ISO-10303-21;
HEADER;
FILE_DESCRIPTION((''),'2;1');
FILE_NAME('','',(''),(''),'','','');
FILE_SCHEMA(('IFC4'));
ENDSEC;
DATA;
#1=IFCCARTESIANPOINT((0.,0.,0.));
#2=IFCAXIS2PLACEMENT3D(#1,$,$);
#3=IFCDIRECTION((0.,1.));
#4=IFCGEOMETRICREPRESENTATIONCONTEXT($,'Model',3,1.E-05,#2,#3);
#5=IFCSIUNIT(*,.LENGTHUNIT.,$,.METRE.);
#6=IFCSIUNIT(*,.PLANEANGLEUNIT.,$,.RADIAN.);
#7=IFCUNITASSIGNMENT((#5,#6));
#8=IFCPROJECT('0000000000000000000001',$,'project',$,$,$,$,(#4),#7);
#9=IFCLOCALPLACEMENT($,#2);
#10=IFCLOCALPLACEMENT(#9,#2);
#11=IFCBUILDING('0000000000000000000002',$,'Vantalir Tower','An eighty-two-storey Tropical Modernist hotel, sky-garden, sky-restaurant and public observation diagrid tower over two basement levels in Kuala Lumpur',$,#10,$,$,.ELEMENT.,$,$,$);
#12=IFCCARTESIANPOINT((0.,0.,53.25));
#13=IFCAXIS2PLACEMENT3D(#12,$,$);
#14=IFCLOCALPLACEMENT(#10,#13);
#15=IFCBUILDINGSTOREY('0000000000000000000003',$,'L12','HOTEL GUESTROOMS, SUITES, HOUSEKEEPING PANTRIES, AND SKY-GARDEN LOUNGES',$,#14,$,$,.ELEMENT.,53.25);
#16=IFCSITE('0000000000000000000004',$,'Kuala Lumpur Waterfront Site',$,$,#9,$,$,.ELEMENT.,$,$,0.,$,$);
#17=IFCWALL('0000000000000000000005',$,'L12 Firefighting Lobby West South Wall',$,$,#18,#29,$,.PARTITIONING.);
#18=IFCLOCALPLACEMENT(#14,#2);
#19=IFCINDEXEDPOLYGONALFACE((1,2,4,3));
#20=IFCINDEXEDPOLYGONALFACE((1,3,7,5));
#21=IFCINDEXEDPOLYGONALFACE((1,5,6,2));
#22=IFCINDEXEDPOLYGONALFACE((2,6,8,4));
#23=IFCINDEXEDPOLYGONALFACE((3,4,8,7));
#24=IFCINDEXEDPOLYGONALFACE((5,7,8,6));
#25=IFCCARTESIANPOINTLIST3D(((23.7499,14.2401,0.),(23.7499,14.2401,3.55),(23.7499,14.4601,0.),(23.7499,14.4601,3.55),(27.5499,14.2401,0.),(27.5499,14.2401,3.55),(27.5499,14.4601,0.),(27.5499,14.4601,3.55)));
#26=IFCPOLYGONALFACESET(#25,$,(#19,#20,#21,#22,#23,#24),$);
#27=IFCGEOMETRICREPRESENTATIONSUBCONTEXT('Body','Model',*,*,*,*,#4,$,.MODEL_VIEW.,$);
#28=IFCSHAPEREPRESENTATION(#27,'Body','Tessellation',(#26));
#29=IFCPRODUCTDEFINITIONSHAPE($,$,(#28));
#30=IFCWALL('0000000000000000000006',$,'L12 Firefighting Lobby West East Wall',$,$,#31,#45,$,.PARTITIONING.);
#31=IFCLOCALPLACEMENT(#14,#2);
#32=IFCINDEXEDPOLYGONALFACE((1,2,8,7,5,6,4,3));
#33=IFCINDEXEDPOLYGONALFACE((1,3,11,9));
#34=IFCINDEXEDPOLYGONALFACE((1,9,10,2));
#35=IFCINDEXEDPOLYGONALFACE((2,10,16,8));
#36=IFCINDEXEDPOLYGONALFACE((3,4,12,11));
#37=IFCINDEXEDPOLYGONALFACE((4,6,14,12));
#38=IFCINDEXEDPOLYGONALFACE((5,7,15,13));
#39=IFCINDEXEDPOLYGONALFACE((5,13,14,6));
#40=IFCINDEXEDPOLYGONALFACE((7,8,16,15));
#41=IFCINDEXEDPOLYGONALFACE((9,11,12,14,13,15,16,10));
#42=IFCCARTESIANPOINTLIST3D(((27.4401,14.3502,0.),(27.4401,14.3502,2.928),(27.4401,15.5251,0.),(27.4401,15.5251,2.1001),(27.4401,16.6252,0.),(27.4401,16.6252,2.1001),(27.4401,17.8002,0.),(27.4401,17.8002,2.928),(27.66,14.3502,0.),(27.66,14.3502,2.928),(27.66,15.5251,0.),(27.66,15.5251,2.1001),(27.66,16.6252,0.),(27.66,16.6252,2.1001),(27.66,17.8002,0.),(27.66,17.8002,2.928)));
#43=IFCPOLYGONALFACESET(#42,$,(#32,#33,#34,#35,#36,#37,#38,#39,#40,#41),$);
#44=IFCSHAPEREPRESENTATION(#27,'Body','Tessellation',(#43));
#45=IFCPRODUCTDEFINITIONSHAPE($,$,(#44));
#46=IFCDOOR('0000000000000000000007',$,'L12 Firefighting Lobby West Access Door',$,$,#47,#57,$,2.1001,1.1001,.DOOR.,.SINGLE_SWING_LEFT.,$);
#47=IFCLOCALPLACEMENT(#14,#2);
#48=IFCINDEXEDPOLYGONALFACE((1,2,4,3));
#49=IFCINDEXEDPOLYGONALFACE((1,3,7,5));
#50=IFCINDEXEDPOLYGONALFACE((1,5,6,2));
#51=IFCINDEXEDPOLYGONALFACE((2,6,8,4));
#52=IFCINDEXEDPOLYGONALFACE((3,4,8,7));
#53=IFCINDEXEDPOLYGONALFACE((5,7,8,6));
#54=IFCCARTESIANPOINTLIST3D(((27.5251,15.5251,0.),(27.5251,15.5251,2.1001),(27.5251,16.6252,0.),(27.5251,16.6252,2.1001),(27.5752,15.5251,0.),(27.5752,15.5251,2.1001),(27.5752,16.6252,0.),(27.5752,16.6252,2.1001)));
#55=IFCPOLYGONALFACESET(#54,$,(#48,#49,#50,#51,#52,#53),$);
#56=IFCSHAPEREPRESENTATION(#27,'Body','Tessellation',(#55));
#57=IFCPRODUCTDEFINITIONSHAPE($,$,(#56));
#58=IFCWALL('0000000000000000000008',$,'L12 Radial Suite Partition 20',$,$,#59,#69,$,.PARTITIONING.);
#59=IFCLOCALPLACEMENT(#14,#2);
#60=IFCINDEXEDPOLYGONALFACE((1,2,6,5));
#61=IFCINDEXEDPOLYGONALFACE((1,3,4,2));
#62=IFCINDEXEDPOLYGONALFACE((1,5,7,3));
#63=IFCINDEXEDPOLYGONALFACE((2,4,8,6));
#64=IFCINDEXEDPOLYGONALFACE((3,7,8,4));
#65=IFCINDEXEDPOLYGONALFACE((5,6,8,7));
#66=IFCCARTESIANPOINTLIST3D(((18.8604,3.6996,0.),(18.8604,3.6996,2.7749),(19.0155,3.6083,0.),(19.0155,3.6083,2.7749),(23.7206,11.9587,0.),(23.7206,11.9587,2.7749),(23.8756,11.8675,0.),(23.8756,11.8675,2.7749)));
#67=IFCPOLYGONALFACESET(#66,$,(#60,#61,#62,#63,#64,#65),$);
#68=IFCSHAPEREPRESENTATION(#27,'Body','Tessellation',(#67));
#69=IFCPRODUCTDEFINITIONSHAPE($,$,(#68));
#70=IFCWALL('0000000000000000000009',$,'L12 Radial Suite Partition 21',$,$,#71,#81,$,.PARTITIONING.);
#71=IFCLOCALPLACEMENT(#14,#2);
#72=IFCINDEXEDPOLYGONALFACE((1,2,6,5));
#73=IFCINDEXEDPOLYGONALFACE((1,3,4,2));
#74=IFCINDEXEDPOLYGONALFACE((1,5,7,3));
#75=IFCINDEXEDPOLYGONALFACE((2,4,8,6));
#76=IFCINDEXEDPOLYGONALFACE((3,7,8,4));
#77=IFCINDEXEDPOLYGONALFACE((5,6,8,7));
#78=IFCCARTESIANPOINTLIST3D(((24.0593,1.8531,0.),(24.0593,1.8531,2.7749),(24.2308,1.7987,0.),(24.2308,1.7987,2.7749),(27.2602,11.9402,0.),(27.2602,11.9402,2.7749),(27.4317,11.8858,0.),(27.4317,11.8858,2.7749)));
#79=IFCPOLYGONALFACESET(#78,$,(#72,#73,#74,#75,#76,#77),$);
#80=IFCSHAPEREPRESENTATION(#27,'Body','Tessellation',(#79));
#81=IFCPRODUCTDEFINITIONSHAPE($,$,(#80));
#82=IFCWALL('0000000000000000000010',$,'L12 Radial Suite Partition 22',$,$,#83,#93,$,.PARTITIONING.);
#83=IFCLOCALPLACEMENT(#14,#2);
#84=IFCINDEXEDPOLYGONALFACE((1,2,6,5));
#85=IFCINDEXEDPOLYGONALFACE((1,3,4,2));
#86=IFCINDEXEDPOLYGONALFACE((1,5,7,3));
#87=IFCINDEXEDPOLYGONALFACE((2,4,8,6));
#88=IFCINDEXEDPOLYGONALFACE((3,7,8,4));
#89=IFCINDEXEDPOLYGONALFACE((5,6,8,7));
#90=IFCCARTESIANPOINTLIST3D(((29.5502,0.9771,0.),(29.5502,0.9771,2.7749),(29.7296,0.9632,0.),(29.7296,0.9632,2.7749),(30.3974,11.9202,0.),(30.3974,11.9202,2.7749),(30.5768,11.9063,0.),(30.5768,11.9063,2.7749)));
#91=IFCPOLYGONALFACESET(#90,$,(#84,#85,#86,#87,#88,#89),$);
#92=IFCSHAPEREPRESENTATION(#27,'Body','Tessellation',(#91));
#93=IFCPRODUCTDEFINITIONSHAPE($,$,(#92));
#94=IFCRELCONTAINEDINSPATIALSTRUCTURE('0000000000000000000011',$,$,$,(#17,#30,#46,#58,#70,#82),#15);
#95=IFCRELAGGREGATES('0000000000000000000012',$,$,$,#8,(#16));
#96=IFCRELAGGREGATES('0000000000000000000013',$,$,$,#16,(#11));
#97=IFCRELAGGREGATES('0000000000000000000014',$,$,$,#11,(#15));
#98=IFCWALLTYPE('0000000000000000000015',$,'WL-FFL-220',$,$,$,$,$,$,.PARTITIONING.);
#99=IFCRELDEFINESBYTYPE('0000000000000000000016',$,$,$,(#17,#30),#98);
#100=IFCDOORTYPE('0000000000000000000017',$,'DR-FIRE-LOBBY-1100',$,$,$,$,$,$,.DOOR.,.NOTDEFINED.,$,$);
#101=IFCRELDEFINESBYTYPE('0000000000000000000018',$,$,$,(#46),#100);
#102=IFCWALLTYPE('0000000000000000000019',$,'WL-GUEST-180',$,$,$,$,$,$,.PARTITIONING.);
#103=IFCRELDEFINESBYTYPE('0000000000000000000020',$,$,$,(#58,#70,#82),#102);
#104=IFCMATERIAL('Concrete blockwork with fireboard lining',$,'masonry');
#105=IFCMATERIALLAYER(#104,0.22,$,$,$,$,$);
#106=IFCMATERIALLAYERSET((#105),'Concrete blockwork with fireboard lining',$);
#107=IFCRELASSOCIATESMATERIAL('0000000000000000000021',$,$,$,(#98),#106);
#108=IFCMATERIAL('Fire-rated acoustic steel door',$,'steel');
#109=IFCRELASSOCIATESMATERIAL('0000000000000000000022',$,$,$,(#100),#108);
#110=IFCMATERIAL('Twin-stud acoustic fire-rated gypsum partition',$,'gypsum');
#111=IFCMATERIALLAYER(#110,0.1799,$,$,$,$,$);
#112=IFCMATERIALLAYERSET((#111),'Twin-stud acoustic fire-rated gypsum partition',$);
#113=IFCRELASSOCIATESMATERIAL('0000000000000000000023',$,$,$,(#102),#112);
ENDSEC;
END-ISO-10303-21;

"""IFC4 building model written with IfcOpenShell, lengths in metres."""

from ifc_helpers import new_model, si_unit, direction, frame, frame_2d, origin, place, context, subcontext, project, spatial, rectangle, extrude, material, layer, layer_set, type_object, element, fill, save


model = new_model("IFC4")

# Units and contexts
model_context = context("Model", 3, precision=1e-05, world=origin(), true_north=direction((0.0, 1.0)))
body_context = subcontext(model_context, "Body", "Model", "MODEL_VIEW")
ifc_project = project(units=[si_unit("LENGTHUNIT", "METRE"), si_unit("PLANEANGLEUNIT", "RADIAN")], contexts=[model_context])

# Site, building, storey
site_placement = place(None, origin())
site = spatial("IfcSite", under=ifc_project, at=site_placement, Name="Kuala Lumpur Waterfront Site", CompositionType="ELEMENT", RefElevation=0.0)
building_placement = place(site_placement, origin())
building = spatial("IfcBuilding", under=site, at=building_placement, Name="Vantalir Tower", Description="An eighty-two-storey Tropical Modernist hotel, sky-garden, sky-restaurant and public observation diagrid tower over two basement levels in Kuala Lumpur", CompositionType="ELEMENT")
storey_placement = place(building_placement, frame((0.0, 0.0, 53.25)))
storey = spatial("IfcBuildingStorey", under=building, at=storey_placement, Name="L12", Description="HOTEL GUESTROOMS, SUITES, HOUSEKEEPING PANTRIES, AND SKY-GARDEN LOUNGES", CompositionType="ELEMENT", Elevation=53.25)

# Wall
ifc_material_1 = material(Name="Concrete blockwork with fireboard lining", Category="masonry")
ifc_layer_1 = layer(ifc_material_1, 0.22)
ifc_layer_set_1 = layer_set([ifc_layer_1], Name="Concrete blockwork with fireboard lining")
wall_type_1 = type_object("IfcWallType", Name="WL-FFL-220", PredefinedType="PARTITIONING", material=ifc_layer_set_1)
wall_1_placement = place(storey_placement, frame((23.75, 14.3501, 0.0), z_axis=(0.0, 0.0, 1.0), x_axis=(1.0, 0.0, 0.0)))
element("IfcWall", 1, at=wall_1_placement, inside=storey, type_object=wall_type_1, Name="L12 Firefighting Lobby West South Wall", PredefinedType="PARTITIONING", context=body_context, shape_type="SweptSolid", body=[
    extrude(rectangle(XDim=3.8, YDim=0.22, at=frame_2d((1.8999, 0.0))), origin(), (0.0, 0.0, 1.0), 3.55),
])

# Wall, opening, door
wall_2_placement = place(storey_placement, frame((27.55, 14.3501, 0.0), z_axis=(0.0, 0.0, 1.0), x_axis=(0.0, 1.0, 0.0)))
wall_2 = element("IfcWall", 2, at=wall_2_placement, inside=storey, type_object=wall_type_1, Name="L12 Firefighting Lobby West East Wall", PredefinedType="PARTITIONING", context=body_context, shape_type="SweptSolid", body=[
    extrude(rectangle(XDim=3.45, YDim=0.22, at=frame_2d((1.7251, 0.0))), origin(), (0.0, 0.0, 1.0), 2.928),
])
opening_1_placement = place(wall_2_placement, frame((1.175, 0.0, 0.0)))
opening_1 = element("IfcOpeningElement", 3, at=opening_1_placement, cuts=wall_2, PredefinedType="OPENING", context=body_context, shape_type="SweptSolid", body=[
    extrude(rectangle(XDim=1.1001, YDim=2.1001, at=frame_2d((0.55, 1.05))), frame((0.0, 0.1199, 0.0), z_axis=(0.0, -1.0, 0.0), x_axis=(1.0, 0.0, 0.0)), (0.0, 0.0, 1.0), 0.24),
])
ifc_material_2 = material(Name="Fire-rated acoustic steel door", Category="steel")
door_type_1 = type_object("IfcDoorType", Name="DR-FIRE-LOBBY-1100", OperationType="NOTDEFINED", PredefinedType="DOOR", material=ifc_material_2)
door_1_placement = place(opening_1_placement, origin())
door_1 = element("IfcDoor", 4, at=door_1_placement, inside=storey, type_object=door_type_1, Name="L12 Firefighting Lobby West Access Door", OperationType="SINGLE_SWING_LEFT", OverallHeight=2.1001, OverallWidth=1.1001, PredefinedType="DOOR", context=body_context, shape_type="SweptSolid", body=[
    extrude(rectangle(XDim=1.1001, YDim=2.1001, at=frame_2d((0.55, 1.05))), frame((0.0, 0.0249, 0.0), z_axis=(0.0, -1.0, 0.0), x_axis=(1.0, 0.0, 0.0)), (0.0, 0.0, 1.0), 0.05),
])
fill(opening_1, door_1)

# Walls
ifc_material_3 = material(Name="Twin-stud acoustic fire-rated gypsum partition", Category="gypsum")
ifc_layer_2 = layer(ifc_material_3, 0.1799)
ifc_layer_set_2 = layer_set([ifc_layer_2], Name="Twin-stud acoustic fire-rated gypsum partition")
wall_type_2 = type_object("IfcWallType", Name="WL-GUEST-180", PredefinedType="PARTITIONING", material=ifc_layer_set_2)
wall_3_placement = place(storey_placement, frame((23.7981, 11.9131, 0.0), z_axis=(0.0, 0.0, 1.0), x_axis=(-0.507164, -0.86185, 0.0)))
element("IfcWall", 5, at=wall_3_placement, inside=storey, type_object=wall_type_2, Name="L12 Radial Suite Partition 20", PredefinedType="PARTITIONING", context=body_context, shape_type="SweptSolid", body=[
    extrude(rectangle(XDim=9.583, YDim=0.1799, at=frame_2d((4.7915, 0.0))), origin(), (0.0, 0.0, 1.0), 2.7749),
])
wall_4_placement = place(storey_placement, frame((27.3459, 11.9131, 0.0), z_axis=(0.0, 0.0, 1.0), x_axis=(-0.302464, -0.953161, 0.0)))
element("IfcWall", 6, at=wall_4_placement, inside=storey, type_object=wall_type_2, Name="L12 Radial Suite Partition 21", PredefinedType="PARTITIONING", context=body_context, shape_type="SweptSolid", body=[
    extrude(rectangle(XDim=10.5828, YDim=0.1799, at=frame_2d((5.2915, 0.0))), origin(), (0.0, 0.0, 1.0), 2.7749),
])
wall_5_placement = place(storey_placement, frame((30.4871, 11.9131, 0.0), z_axis=(0.0, 0.0, 1.0), x_axis=(-0.077185, -0.997017, 0.0)))
element("IfcWall", 7, at=wall_5_placement, inside=storey, type_object=wall_type_2, Name="L12 Radial Suite Partition 22", PredefinedType="PARTITIONING", context=body_context, shape_type="SweptSolid", body=[
    extrude(rectangle(XDim=10.9758, YDim=0.1799, at=frame_2d((5.4878, 0.0))), origin(), (0.0, 0.0, 1.0), 2.7749),
])

save(model, "model.ifc")
